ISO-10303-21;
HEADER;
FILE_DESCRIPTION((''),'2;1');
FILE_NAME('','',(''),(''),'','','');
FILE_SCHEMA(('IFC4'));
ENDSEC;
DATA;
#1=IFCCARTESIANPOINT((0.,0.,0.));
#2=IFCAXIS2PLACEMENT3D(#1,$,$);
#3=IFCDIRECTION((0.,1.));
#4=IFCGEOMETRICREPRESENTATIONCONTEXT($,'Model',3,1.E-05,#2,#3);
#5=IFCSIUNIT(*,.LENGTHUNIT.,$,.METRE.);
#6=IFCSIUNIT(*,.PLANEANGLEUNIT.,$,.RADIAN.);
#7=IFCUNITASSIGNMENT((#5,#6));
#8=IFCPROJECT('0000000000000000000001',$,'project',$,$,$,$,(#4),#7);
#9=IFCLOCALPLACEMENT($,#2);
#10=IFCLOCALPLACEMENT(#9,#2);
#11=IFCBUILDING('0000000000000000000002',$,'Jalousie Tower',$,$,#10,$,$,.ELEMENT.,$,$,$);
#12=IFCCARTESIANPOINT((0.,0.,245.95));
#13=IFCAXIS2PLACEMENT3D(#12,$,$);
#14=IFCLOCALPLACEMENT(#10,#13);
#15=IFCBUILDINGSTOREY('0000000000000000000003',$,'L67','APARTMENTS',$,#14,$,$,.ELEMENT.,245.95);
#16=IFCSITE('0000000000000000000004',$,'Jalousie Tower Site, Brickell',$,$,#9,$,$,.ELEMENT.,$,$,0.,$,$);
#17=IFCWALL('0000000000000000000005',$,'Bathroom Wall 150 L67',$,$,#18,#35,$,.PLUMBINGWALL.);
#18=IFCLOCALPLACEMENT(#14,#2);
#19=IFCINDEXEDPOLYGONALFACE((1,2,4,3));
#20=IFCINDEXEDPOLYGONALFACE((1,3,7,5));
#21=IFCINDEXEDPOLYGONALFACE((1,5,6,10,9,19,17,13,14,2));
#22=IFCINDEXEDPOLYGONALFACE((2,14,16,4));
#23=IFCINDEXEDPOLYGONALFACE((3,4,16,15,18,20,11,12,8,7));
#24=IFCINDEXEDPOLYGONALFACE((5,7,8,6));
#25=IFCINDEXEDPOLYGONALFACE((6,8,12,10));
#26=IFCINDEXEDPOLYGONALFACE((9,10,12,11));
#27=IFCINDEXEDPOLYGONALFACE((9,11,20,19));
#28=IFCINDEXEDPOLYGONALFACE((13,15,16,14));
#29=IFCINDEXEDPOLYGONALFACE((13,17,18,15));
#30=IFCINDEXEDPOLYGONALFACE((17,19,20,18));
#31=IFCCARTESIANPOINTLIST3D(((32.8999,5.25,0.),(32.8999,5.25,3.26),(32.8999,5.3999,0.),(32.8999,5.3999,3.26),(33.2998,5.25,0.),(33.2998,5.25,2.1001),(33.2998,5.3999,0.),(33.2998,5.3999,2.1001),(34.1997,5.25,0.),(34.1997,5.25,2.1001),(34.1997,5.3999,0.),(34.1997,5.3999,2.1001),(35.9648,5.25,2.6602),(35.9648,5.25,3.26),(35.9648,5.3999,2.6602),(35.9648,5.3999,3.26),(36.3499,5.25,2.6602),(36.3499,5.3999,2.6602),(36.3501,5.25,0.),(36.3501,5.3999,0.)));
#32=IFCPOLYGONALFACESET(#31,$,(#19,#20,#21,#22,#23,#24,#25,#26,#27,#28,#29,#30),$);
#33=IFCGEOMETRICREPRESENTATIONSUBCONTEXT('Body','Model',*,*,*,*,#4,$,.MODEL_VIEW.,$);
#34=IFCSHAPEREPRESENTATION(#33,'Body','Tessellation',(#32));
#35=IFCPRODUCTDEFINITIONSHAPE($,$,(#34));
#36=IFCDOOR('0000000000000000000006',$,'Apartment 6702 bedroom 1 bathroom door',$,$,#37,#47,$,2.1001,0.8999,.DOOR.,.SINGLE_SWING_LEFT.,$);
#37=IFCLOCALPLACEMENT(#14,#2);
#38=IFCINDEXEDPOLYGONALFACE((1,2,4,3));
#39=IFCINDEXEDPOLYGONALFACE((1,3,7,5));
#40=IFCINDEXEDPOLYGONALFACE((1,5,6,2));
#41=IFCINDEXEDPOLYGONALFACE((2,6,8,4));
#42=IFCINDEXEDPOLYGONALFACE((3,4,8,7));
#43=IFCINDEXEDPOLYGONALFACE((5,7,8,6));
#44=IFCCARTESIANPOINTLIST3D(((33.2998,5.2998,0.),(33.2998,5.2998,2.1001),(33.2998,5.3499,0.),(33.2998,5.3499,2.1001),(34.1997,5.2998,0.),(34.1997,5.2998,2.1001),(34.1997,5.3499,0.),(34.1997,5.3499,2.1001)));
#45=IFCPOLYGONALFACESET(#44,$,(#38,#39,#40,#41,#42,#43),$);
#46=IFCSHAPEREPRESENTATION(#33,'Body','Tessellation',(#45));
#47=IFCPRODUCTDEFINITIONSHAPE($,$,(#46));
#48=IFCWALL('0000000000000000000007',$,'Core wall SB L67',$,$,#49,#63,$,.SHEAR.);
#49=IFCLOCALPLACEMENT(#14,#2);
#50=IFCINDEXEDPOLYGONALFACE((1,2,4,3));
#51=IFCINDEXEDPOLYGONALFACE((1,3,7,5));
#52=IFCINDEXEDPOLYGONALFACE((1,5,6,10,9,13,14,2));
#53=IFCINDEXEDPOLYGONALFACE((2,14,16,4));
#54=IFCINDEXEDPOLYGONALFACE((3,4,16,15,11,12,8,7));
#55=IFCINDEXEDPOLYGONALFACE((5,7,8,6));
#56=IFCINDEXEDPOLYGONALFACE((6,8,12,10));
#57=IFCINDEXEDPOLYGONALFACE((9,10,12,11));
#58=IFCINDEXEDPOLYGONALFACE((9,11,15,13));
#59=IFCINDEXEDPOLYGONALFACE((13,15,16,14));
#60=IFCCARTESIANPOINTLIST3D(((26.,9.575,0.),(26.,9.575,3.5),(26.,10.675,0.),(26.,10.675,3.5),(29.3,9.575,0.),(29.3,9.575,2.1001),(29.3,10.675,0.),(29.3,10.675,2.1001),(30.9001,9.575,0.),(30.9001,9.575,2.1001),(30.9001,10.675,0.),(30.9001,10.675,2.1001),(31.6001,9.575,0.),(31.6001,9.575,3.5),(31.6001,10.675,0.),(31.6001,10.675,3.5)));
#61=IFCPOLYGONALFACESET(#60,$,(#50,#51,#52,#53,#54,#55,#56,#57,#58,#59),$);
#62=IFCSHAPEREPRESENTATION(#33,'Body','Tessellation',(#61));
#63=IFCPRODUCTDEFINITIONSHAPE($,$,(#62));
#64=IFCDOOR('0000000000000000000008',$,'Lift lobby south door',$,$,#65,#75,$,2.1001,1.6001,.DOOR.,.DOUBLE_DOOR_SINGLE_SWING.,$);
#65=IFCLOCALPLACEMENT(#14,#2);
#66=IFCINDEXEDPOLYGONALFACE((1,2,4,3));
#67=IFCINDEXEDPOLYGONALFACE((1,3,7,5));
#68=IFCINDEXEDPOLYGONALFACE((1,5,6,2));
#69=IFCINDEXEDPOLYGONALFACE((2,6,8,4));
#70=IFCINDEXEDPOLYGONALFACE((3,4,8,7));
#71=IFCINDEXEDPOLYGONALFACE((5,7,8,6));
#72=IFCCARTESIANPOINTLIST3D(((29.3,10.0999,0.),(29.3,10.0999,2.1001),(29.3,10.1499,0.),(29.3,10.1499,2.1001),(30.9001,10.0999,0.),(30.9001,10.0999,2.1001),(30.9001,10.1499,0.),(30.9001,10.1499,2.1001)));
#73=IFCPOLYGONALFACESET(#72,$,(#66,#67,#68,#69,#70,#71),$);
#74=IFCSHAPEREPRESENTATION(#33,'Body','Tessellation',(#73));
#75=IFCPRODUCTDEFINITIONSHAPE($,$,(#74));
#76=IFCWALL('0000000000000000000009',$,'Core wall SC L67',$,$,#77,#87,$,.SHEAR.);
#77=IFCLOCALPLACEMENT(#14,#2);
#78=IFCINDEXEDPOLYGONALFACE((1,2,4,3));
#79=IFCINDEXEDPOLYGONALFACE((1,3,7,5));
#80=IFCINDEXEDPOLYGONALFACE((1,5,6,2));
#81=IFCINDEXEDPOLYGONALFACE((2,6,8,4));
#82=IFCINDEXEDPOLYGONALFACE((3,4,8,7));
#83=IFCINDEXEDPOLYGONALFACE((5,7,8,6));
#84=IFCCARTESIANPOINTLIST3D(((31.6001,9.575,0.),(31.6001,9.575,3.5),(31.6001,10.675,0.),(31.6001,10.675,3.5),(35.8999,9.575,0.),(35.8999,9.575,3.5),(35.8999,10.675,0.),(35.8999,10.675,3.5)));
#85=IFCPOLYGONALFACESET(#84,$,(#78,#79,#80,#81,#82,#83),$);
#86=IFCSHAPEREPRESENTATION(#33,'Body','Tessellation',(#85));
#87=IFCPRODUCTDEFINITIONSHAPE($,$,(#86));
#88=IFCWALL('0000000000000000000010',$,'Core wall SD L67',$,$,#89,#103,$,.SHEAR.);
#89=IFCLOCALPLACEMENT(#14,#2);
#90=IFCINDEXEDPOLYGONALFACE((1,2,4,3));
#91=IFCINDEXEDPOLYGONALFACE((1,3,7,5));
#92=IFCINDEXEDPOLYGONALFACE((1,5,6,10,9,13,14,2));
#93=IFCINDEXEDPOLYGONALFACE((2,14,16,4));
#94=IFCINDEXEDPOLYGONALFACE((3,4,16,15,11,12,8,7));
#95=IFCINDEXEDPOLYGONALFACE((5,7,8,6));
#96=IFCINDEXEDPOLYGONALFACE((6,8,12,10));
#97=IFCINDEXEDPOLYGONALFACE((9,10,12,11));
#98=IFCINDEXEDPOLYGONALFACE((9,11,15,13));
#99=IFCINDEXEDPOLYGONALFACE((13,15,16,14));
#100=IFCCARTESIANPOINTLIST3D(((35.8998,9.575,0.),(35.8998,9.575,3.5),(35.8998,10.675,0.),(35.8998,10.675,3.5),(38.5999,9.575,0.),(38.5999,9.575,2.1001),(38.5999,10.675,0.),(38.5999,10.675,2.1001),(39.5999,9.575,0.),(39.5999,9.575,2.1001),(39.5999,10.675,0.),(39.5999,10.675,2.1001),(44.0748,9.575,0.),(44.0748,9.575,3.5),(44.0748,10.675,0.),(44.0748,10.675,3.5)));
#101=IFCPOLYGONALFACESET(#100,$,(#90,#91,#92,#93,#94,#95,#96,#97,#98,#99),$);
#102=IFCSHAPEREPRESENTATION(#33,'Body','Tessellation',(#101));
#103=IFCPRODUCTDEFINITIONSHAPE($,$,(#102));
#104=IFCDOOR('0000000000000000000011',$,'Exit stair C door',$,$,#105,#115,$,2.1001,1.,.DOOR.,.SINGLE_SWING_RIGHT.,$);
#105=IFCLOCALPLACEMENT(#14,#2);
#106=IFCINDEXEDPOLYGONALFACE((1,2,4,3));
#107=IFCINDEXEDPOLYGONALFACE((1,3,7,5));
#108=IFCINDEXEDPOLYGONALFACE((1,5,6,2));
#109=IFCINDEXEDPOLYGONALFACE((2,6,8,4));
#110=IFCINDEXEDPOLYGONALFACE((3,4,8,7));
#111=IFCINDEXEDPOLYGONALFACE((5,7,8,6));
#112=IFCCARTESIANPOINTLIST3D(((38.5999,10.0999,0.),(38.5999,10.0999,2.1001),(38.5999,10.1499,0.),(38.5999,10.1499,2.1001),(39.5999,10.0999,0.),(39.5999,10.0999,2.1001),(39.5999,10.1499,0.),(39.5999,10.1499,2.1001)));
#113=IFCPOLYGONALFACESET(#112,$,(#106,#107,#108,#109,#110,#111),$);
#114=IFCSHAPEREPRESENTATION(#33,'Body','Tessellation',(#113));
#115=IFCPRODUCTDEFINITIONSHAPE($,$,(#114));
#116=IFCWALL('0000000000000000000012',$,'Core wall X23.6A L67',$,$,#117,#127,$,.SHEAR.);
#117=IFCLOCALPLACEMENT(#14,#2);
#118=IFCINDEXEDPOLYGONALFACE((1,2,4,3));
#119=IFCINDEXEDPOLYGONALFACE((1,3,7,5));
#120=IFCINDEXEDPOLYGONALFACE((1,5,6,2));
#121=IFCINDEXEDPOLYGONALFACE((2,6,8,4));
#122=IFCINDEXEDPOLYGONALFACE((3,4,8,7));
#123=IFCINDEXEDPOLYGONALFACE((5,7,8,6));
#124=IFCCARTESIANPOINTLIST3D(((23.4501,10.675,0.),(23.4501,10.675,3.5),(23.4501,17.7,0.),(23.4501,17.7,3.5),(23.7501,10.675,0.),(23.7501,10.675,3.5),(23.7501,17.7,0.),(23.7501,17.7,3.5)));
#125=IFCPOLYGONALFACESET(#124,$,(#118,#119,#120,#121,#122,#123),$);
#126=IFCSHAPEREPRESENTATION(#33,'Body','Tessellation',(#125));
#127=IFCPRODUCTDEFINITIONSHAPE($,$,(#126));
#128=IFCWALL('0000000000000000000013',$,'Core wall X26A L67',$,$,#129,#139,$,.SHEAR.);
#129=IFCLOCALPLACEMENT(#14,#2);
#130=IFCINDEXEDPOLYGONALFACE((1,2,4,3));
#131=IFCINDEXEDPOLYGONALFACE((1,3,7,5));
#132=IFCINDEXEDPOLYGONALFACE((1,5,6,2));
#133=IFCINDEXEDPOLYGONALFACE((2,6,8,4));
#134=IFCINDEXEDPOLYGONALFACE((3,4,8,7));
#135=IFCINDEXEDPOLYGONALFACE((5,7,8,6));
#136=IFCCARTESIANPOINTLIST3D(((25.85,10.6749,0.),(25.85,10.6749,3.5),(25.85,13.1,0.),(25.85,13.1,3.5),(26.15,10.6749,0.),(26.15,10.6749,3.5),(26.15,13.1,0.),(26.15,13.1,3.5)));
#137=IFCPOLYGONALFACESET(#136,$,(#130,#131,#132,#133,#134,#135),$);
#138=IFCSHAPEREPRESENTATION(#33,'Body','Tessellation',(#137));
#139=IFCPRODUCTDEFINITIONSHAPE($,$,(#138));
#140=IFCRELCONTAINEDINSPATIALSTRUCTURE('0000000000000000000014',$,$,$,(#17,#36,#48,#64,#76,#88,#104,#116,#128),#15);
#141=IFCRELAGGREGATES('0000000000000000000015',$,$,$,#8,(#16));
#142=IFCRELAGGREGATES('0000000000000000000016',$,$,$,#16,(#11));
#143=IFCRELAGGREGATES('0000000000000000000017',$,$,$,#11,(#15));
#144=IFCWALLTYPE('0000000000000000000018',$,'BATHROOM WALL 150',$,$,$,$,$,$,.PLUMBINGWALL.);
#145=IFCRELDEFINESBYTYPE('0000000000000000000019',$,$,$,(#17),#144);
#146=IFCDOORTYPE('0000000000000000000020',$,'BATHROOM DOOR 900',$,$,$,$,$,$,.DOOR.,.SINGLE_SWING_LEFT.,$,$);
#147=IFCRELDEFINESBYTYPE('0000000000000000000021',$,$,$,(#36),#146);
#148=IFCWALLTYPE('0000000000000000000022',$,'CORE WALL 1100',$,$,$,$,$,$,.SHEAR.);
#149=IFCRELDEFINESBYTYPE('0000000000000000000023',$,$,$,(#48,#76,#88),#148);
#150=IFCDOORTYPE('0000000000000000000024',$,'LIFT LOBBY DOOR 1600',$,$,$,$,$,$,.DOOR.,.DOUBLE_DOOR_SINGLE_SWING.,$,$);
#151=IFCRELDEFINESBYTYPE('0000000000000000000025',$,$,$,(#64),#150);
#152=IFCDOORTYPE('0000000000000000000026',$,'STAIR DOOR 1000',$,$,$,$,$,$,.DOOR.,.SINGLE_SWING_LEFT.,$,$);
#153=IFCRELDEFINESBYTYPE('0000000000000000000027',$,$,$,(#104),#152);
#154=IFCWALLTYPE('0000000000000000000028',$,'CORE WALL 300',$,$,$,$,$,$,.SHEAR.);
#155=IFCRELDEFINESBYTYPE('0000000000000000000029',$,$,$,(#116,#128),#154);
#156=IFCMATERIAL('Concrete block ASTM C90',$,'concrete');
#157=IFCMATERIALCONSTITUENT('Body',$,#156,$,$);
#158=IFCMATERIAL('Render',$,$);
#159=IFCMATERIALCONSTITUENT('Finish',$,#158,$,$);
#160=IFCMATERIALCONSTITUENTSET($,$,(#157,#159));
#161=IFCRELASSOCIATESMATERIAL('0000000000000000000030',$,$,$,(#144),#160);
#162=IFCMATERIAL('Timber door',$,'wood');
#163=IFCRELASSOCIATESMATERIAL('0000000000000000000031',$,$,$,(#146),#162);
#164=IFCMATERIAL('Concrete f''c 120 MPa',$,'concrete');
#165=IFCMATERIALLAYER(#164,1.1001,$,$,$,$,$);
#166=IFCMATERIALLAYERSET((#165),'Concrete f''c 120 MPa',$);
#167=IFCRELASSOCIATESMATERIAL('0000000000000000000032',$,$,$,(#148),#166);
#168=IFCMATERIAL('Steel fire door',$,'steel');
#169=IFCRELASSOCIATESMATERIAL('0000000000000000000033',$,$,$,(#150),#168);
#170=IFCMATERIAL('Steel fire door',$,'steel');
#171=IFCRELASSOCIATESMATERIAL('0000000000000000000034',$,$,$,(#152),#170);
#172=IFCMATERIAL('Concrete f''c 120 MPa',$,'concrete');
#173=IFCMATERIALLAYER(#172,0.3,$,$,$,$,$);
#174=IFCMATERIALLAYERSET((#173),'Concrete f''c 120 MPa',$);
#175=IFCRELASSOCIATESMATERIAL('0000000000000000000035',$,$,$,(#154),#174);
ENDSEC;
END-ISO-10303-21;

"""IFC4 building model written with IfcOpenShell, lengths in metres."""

from ifc_helpers import new_model, si_unit, direction, frame, frame_2d, origin, place, context, subcontext, project, spatial, polyline, rectangle, outline, extrude, material, layer, layer_set, constituent, constituent_set, type_object, element, fill, save


model = new_model("IFC4")

# Units and contexts
model_context = context("Model", 3, precision=1e-05, world=origin(), true_north=direction((0.0, 1.0)))
body_context = subcontext(model_context, "Body", "Model", "MODEL_VIEW")
ifc_project = project(units=[si_unit("LENGTHUNIT", "METRE"), si_unit("PLANEANGLEUNIT", "RADIAN")], contexts=[model_context])

# Site, building, storey
site_placement = place(None, origin())
site = spatial("IfcSite", under=ifc_project, at=site_placement, Name="Jalousie Tower Site, Brickell", CompositionType="ELEMENT", RefElevation=0.0)
building_placement = place(site_placement, origin())
building = spatial("IfcBuilding", under=site, at=building_placement, Name="Jalousie Tower", CompositionType="ELEMENT")
storey_placement = place(building_placement, frame((0.0, 0.0, 245.95)))
storey = spatial("IfcBuildingStorey", under=building, at=storey_placement, Name="L67", Description="APARTMENTS", CompositionType="ELEMENT", Elevation=245.95)

# Walls, openings, doors
ifc_material_1 = material(Name="Concrete block ASTM C90", Category="concrete")
ifc_constituent_1 = constituent(ifc_material_1, Name="Body")
ifc_material_2 = material(Name="Render")
ifc_constituent_2 = constituent(ifc_material_2, Name="Finish")
ifc_constituent_set_1 = constituent_set(constituents=[ifc_constituent_1, ifc_constituent_2])
wall_type_1 = type_object("IfcWallType", Name="BATHROOM WALL 150", PredefinedType="PLUMBINGWALL", material=ifc_constituent_set_1)
wall_1_placement = place(storey_placement, frame((32.8999, 5.325, 0.0), z_axis=(0.0, 0.0, 1.0), x_axis=(1.0, 0.0, 0.0)))
wall_1 = element("IfcWall", 1, at=wall_1_placement, inside=storey, type_object=wall_type_1, Name="Bathroom Wall 150 L67", PredefinedType="PLUMBINGWALL", context=body_context, shape_type="SweptSolid", body=[
    extrude(outline(polyline([(0.0, 0.0), (3.4502, 0.0), (3.45, 3.26), (3.45, 2.6602), (3.0649, 2.6602), (3.0649, 3.26), (0.0, 3.26), (0.0, 0.0)])), frame((0.0, 0.075, 0.0), z_axis=(0.0, -1.0, 0.0), x_axis=(1.0, 0.0, 0.0)), (0.0, 0.0, 1.0), 0.1499),
])
opening_1_placement = place(wall_1_placement, frame((0.3999, 0.0, 0.0)))
opening_1 = element("IfcOpeningElement", 2, at=opening_1_placement, cuts=wall_1, PredefinedType="OPENING", context=body_context, shape_type="SweptSolid", body=[
    extrude(rectangle(XDim=0.8999, YDim=2.1001, at=frame_2d((0.45, 1.05))), frame((0.0, 0.085, 0.0), z_axis=(0.0, -1.0, 0.0), x_axis=(1.0, 0.0, 0.0)), (0.0, 0.0, 1.0), 0.1699),
])
ifc_material_3 = material(Name="Timber door", Category="wood")
door_type_1 = type_object("IfcDoorType", Name="BATHROOM DOOR 900", OperationType="SINGLE_SWING_LEFT", PredefinedType="DOOR", material=ifc_material_3)
door_1_placement = place(opening_1_placement, origin())
door_1 = element("IfcDoor", 3, at=door_1_placement, inside=storey, type_object=door_type_1, Name="Apartment 6702 bedroom 1 bathroom door", OperationType="SINGLE_SWING_LEFT", OverallHeight=2.1001, OverallWidth=0.8999, PredefinedType="DOOR", context=body_context, shape_type="SweptSolid", body=[
    extrude(rectangle(XDim=0.8999, YDim=2.1001, at=frame_2d((0.45, 1.05))), frame((0.0, 0.0249, 0.0), z_axis=(0.0, -1.0, 0.0), x_axis=(1.0, 0.0, 0.0)), (0.0, 0.0, 1.0), 0.05),
])
fill(opening_1, door_1)
ifc_material_4 = material(Name="Concrete f'c 120 MPa", Category="concrete")
ifc_layer_1 = layer(ifc_material_4, 1.1001)
ifc_layer_set_1 = layer_set([ifc_layer_1], Name="Concrete f'c 120 MPa")
wall_type_2 = type_object("IfcWallType", Name="CORE WALL 1100", PredefinedType="SHEAR", material=ifc_layer_set_1)
wall_2_placement = place(storey_placement, frame((26.0, 10.125, 0.0), z_axis=(0.0, 0.0, 1.0), x_axis=(1.0, 0.0, 0.0)))
wall_2 = element("IfcWall", 4, at=wall_2_placement, inside=storey, type_object=wall_type_2, Name="Core wall SB L67", PredefinedType="SHEAR", context=body_context, shape_type="SweptSolid", body=[
    extrude(rectangle(XDim=5.6001, YDim=1.1001, at=frame_2d((2.8, 0.0))), origin(), (0.0, 0.0, 1.0), 3.5),
])
opening_2_placement = place(wall_2_placement, frame((3.3, 0.0, 0.0)))
opening_2 = element("IfcOpeningElement", 5, at=opening_2_placement, cuts=wall_2, PredefinedType="OPENING", context=body_context, shape_type="SweptSolid", body=[
    extrude(rectangle(XDim=1.6001, YDim=2.1001, at=frame_2d((0.8, 1.05))), frame((0.0, 0.5601, 0.0), z_axis=(0.0, -1.0, 0.0), x_axis=(1.0, 0.0, 0.0)), (0.0, 0.0, 1.0), 1.1201),
])
ifc_material_5 = material(Name="Steel fire door", Category="steel")
door_type_2 = type_object("IfcDoorType", Name="LIFT LOBBY DOOR 1600", OperationType="DOUBLE_DOOR_SINGLE_SWING", PredefinedType="DOOR", material=ifc_material_5)
door_2_placement = place(opening_2_placement, origin())
door_2 = element("IfcDoor", 6, at=door_2_placement, inside=storey, type_object=door_type_2, Name="Lift lobby south door", OperationType="DOUBLE_DOOR_SINGLE_SWING", OverallHeight=2.1001, OverallWidth=1.6001, PredefinedType="DOOR", context=body_context, shape_type="SweptSolid", body=[
    extrude(rectangle(XDim=1.6001, YDim=2.1001, at=frame_2d((0.8, 1.05))), frame((0.0, 0.0249, 0.0), z_axis=(0.0, -1.0, 0.0), x_axis=(1.0, 0.0, 0.0)), (0.0, 0.0, 1.0), 0.05),
])
fill(opening_2, door_2)

# Wall
wall_3_placement = place(storey_placement, frame((31.6001, 10.125, 0.0), z_axis=(0.0, 0.0, 1.0), x_axis=(1.0, 0.0, 0.0)))
element("IfcWall", 7, at=wall_3_placement, inside=storey, type_object=wall_type_2, Name="Core wall SC L67", PredefinedType="SHEAR", context=body_context, shape_type="SweptSolid", body=[
    extrude(rectangle(XDim=4.2998, YDim=1.1001, at=frame_2d((2.1499, 0.0))), origin(), (0.0, 0.0, 1.0), 3.5),
])

# Wall, opening, door
wall_4_placement = place(storey_placement, frame((35.8999, 10.125, 0.0), z_axis=(0.0, 0.0, 1.0), x_axis=(1.0, 0.0, 0.0)))
wall_4 = element("IfcWall", 8, at=wall_4_placement, inside=storey, type_object=wall_type_2, Name="Core wall SD L67", PredefinedType="SHEAR", context=body_context, shape_type="SweptSolid", body=[
    extrude(rectangle(XDim=8.175, YDim=1.1001, at=frame_2d((4.0874, 0.0))), origin(), (0.0, 0.0, 1.0), 3.5),
])
opening_3_placement = place(wall_4_placement, frame((2.7, 0.0, 0.0)))
opening_3 = element("IfcOpeningElement", 9, at=opening_3_placement, cuts=wall_4, PredefinedType="OPENING", context=body_context, shape_type="SweptSolid", body=[
    extrude(rectangle(XDim=1.0, YDim=2.1001, at=frame_2d((0.5, 1.05))), frame((0.0, 0.5601, 0.0), z_axis=(0.0, -1.0, 0.0), x_axis=(1.0, 0.0, 0.0)), (0.0, 0.0, 1.0), 1.1201),
])
ifc_material_6 = material(Name="Steel fire door", Category="steel")
door_type_3 = type_object("IfcDoorType", Name="STAIR DOOR 1000", OperationType="SINGLE_SWING_LEFT", PredefinedType="DOOR", material=ifc_material_6)
door_3_placement = place(opening_3_placement, origin())
door_3 = element("IfcDoor", 10, at=door_3_placement, inside=storey, type_object=door_type_3, Name="Exit stair C door", OperationType="SINGLE_SWING_RIGHT", OverallHeight=2.1001, OverallWidth=1.0, PredefinedType="DOOR", context=body_context, shape_type="SweptSolid", body=[
    extrude(rectangle(XDim=1.0, YDim=2.1001, at=frame_2d((0.5, 1.05))), frame((0.0, 0.0249, 0.0), z_axis=(0.0, -1.0, 0.0), x_axis=(1.0, 0.0, 0.0)), (0.0, 0.0, 1.0), 0.05),
])
fill(opening_3, door_3)

# Walls
ifc_material_7 = material(Name="Concrete f'c 120 MPa", Category="concrete")
ifc_layer_2 = layer(ifc_material_7, 0.3)
ifc_layer_set_2 = layer_set([ifc_layer_2], Name="Concrete f'c 120 MPa")
wall_type_3 = type_object("IfcWallType", Name="CORE WALL 300", PredefinedType="SHEAR", material=ifc_layer_set_2)
wall_5_placement = place(storey_placement, frame((23.6001, 10.675, 0.0), z_axis=(0.0, 0.0, 1.0), x_axis=(0.0, 1.0, 0.0)))
element("IfcWall", 11, at=wall_5_placement, inside=storey, type_object=wall_type_3, Name="Core wall X23.6A L67", PredefinedType="SHEAR", context=body_context, shape_type="SweptSolid", body=[
    extrude(rectangle(XDim=7.0249, YDim=0.3, at=frame_2d((3.5125, 0.0))), origin(), (0.0, 0.0, 1.0), 3.5),
])
wall_6_placement = place(storey_placement, frame((26.0, 10.675, 0.0), z_axis=(0.0, 0.0, 1.0), x_axis=(0.0, 1.0, 0.0)))
element("IfcWall", 12, at=wall_6_placement, inside=storey, type_object=wall_type_3, Name="Core wall X26A L67", PredefinedType="SHEAR", context=body_context, shape_type="SweptSolid", body=[
    extrude(rectangle(XDim=2.425, YDim=0.3, at=frame_2d((1.2124, 0.0))), origin(), (0.0, 0.0, 1.0), 3.5),
])

save(model, "model.ifc")
